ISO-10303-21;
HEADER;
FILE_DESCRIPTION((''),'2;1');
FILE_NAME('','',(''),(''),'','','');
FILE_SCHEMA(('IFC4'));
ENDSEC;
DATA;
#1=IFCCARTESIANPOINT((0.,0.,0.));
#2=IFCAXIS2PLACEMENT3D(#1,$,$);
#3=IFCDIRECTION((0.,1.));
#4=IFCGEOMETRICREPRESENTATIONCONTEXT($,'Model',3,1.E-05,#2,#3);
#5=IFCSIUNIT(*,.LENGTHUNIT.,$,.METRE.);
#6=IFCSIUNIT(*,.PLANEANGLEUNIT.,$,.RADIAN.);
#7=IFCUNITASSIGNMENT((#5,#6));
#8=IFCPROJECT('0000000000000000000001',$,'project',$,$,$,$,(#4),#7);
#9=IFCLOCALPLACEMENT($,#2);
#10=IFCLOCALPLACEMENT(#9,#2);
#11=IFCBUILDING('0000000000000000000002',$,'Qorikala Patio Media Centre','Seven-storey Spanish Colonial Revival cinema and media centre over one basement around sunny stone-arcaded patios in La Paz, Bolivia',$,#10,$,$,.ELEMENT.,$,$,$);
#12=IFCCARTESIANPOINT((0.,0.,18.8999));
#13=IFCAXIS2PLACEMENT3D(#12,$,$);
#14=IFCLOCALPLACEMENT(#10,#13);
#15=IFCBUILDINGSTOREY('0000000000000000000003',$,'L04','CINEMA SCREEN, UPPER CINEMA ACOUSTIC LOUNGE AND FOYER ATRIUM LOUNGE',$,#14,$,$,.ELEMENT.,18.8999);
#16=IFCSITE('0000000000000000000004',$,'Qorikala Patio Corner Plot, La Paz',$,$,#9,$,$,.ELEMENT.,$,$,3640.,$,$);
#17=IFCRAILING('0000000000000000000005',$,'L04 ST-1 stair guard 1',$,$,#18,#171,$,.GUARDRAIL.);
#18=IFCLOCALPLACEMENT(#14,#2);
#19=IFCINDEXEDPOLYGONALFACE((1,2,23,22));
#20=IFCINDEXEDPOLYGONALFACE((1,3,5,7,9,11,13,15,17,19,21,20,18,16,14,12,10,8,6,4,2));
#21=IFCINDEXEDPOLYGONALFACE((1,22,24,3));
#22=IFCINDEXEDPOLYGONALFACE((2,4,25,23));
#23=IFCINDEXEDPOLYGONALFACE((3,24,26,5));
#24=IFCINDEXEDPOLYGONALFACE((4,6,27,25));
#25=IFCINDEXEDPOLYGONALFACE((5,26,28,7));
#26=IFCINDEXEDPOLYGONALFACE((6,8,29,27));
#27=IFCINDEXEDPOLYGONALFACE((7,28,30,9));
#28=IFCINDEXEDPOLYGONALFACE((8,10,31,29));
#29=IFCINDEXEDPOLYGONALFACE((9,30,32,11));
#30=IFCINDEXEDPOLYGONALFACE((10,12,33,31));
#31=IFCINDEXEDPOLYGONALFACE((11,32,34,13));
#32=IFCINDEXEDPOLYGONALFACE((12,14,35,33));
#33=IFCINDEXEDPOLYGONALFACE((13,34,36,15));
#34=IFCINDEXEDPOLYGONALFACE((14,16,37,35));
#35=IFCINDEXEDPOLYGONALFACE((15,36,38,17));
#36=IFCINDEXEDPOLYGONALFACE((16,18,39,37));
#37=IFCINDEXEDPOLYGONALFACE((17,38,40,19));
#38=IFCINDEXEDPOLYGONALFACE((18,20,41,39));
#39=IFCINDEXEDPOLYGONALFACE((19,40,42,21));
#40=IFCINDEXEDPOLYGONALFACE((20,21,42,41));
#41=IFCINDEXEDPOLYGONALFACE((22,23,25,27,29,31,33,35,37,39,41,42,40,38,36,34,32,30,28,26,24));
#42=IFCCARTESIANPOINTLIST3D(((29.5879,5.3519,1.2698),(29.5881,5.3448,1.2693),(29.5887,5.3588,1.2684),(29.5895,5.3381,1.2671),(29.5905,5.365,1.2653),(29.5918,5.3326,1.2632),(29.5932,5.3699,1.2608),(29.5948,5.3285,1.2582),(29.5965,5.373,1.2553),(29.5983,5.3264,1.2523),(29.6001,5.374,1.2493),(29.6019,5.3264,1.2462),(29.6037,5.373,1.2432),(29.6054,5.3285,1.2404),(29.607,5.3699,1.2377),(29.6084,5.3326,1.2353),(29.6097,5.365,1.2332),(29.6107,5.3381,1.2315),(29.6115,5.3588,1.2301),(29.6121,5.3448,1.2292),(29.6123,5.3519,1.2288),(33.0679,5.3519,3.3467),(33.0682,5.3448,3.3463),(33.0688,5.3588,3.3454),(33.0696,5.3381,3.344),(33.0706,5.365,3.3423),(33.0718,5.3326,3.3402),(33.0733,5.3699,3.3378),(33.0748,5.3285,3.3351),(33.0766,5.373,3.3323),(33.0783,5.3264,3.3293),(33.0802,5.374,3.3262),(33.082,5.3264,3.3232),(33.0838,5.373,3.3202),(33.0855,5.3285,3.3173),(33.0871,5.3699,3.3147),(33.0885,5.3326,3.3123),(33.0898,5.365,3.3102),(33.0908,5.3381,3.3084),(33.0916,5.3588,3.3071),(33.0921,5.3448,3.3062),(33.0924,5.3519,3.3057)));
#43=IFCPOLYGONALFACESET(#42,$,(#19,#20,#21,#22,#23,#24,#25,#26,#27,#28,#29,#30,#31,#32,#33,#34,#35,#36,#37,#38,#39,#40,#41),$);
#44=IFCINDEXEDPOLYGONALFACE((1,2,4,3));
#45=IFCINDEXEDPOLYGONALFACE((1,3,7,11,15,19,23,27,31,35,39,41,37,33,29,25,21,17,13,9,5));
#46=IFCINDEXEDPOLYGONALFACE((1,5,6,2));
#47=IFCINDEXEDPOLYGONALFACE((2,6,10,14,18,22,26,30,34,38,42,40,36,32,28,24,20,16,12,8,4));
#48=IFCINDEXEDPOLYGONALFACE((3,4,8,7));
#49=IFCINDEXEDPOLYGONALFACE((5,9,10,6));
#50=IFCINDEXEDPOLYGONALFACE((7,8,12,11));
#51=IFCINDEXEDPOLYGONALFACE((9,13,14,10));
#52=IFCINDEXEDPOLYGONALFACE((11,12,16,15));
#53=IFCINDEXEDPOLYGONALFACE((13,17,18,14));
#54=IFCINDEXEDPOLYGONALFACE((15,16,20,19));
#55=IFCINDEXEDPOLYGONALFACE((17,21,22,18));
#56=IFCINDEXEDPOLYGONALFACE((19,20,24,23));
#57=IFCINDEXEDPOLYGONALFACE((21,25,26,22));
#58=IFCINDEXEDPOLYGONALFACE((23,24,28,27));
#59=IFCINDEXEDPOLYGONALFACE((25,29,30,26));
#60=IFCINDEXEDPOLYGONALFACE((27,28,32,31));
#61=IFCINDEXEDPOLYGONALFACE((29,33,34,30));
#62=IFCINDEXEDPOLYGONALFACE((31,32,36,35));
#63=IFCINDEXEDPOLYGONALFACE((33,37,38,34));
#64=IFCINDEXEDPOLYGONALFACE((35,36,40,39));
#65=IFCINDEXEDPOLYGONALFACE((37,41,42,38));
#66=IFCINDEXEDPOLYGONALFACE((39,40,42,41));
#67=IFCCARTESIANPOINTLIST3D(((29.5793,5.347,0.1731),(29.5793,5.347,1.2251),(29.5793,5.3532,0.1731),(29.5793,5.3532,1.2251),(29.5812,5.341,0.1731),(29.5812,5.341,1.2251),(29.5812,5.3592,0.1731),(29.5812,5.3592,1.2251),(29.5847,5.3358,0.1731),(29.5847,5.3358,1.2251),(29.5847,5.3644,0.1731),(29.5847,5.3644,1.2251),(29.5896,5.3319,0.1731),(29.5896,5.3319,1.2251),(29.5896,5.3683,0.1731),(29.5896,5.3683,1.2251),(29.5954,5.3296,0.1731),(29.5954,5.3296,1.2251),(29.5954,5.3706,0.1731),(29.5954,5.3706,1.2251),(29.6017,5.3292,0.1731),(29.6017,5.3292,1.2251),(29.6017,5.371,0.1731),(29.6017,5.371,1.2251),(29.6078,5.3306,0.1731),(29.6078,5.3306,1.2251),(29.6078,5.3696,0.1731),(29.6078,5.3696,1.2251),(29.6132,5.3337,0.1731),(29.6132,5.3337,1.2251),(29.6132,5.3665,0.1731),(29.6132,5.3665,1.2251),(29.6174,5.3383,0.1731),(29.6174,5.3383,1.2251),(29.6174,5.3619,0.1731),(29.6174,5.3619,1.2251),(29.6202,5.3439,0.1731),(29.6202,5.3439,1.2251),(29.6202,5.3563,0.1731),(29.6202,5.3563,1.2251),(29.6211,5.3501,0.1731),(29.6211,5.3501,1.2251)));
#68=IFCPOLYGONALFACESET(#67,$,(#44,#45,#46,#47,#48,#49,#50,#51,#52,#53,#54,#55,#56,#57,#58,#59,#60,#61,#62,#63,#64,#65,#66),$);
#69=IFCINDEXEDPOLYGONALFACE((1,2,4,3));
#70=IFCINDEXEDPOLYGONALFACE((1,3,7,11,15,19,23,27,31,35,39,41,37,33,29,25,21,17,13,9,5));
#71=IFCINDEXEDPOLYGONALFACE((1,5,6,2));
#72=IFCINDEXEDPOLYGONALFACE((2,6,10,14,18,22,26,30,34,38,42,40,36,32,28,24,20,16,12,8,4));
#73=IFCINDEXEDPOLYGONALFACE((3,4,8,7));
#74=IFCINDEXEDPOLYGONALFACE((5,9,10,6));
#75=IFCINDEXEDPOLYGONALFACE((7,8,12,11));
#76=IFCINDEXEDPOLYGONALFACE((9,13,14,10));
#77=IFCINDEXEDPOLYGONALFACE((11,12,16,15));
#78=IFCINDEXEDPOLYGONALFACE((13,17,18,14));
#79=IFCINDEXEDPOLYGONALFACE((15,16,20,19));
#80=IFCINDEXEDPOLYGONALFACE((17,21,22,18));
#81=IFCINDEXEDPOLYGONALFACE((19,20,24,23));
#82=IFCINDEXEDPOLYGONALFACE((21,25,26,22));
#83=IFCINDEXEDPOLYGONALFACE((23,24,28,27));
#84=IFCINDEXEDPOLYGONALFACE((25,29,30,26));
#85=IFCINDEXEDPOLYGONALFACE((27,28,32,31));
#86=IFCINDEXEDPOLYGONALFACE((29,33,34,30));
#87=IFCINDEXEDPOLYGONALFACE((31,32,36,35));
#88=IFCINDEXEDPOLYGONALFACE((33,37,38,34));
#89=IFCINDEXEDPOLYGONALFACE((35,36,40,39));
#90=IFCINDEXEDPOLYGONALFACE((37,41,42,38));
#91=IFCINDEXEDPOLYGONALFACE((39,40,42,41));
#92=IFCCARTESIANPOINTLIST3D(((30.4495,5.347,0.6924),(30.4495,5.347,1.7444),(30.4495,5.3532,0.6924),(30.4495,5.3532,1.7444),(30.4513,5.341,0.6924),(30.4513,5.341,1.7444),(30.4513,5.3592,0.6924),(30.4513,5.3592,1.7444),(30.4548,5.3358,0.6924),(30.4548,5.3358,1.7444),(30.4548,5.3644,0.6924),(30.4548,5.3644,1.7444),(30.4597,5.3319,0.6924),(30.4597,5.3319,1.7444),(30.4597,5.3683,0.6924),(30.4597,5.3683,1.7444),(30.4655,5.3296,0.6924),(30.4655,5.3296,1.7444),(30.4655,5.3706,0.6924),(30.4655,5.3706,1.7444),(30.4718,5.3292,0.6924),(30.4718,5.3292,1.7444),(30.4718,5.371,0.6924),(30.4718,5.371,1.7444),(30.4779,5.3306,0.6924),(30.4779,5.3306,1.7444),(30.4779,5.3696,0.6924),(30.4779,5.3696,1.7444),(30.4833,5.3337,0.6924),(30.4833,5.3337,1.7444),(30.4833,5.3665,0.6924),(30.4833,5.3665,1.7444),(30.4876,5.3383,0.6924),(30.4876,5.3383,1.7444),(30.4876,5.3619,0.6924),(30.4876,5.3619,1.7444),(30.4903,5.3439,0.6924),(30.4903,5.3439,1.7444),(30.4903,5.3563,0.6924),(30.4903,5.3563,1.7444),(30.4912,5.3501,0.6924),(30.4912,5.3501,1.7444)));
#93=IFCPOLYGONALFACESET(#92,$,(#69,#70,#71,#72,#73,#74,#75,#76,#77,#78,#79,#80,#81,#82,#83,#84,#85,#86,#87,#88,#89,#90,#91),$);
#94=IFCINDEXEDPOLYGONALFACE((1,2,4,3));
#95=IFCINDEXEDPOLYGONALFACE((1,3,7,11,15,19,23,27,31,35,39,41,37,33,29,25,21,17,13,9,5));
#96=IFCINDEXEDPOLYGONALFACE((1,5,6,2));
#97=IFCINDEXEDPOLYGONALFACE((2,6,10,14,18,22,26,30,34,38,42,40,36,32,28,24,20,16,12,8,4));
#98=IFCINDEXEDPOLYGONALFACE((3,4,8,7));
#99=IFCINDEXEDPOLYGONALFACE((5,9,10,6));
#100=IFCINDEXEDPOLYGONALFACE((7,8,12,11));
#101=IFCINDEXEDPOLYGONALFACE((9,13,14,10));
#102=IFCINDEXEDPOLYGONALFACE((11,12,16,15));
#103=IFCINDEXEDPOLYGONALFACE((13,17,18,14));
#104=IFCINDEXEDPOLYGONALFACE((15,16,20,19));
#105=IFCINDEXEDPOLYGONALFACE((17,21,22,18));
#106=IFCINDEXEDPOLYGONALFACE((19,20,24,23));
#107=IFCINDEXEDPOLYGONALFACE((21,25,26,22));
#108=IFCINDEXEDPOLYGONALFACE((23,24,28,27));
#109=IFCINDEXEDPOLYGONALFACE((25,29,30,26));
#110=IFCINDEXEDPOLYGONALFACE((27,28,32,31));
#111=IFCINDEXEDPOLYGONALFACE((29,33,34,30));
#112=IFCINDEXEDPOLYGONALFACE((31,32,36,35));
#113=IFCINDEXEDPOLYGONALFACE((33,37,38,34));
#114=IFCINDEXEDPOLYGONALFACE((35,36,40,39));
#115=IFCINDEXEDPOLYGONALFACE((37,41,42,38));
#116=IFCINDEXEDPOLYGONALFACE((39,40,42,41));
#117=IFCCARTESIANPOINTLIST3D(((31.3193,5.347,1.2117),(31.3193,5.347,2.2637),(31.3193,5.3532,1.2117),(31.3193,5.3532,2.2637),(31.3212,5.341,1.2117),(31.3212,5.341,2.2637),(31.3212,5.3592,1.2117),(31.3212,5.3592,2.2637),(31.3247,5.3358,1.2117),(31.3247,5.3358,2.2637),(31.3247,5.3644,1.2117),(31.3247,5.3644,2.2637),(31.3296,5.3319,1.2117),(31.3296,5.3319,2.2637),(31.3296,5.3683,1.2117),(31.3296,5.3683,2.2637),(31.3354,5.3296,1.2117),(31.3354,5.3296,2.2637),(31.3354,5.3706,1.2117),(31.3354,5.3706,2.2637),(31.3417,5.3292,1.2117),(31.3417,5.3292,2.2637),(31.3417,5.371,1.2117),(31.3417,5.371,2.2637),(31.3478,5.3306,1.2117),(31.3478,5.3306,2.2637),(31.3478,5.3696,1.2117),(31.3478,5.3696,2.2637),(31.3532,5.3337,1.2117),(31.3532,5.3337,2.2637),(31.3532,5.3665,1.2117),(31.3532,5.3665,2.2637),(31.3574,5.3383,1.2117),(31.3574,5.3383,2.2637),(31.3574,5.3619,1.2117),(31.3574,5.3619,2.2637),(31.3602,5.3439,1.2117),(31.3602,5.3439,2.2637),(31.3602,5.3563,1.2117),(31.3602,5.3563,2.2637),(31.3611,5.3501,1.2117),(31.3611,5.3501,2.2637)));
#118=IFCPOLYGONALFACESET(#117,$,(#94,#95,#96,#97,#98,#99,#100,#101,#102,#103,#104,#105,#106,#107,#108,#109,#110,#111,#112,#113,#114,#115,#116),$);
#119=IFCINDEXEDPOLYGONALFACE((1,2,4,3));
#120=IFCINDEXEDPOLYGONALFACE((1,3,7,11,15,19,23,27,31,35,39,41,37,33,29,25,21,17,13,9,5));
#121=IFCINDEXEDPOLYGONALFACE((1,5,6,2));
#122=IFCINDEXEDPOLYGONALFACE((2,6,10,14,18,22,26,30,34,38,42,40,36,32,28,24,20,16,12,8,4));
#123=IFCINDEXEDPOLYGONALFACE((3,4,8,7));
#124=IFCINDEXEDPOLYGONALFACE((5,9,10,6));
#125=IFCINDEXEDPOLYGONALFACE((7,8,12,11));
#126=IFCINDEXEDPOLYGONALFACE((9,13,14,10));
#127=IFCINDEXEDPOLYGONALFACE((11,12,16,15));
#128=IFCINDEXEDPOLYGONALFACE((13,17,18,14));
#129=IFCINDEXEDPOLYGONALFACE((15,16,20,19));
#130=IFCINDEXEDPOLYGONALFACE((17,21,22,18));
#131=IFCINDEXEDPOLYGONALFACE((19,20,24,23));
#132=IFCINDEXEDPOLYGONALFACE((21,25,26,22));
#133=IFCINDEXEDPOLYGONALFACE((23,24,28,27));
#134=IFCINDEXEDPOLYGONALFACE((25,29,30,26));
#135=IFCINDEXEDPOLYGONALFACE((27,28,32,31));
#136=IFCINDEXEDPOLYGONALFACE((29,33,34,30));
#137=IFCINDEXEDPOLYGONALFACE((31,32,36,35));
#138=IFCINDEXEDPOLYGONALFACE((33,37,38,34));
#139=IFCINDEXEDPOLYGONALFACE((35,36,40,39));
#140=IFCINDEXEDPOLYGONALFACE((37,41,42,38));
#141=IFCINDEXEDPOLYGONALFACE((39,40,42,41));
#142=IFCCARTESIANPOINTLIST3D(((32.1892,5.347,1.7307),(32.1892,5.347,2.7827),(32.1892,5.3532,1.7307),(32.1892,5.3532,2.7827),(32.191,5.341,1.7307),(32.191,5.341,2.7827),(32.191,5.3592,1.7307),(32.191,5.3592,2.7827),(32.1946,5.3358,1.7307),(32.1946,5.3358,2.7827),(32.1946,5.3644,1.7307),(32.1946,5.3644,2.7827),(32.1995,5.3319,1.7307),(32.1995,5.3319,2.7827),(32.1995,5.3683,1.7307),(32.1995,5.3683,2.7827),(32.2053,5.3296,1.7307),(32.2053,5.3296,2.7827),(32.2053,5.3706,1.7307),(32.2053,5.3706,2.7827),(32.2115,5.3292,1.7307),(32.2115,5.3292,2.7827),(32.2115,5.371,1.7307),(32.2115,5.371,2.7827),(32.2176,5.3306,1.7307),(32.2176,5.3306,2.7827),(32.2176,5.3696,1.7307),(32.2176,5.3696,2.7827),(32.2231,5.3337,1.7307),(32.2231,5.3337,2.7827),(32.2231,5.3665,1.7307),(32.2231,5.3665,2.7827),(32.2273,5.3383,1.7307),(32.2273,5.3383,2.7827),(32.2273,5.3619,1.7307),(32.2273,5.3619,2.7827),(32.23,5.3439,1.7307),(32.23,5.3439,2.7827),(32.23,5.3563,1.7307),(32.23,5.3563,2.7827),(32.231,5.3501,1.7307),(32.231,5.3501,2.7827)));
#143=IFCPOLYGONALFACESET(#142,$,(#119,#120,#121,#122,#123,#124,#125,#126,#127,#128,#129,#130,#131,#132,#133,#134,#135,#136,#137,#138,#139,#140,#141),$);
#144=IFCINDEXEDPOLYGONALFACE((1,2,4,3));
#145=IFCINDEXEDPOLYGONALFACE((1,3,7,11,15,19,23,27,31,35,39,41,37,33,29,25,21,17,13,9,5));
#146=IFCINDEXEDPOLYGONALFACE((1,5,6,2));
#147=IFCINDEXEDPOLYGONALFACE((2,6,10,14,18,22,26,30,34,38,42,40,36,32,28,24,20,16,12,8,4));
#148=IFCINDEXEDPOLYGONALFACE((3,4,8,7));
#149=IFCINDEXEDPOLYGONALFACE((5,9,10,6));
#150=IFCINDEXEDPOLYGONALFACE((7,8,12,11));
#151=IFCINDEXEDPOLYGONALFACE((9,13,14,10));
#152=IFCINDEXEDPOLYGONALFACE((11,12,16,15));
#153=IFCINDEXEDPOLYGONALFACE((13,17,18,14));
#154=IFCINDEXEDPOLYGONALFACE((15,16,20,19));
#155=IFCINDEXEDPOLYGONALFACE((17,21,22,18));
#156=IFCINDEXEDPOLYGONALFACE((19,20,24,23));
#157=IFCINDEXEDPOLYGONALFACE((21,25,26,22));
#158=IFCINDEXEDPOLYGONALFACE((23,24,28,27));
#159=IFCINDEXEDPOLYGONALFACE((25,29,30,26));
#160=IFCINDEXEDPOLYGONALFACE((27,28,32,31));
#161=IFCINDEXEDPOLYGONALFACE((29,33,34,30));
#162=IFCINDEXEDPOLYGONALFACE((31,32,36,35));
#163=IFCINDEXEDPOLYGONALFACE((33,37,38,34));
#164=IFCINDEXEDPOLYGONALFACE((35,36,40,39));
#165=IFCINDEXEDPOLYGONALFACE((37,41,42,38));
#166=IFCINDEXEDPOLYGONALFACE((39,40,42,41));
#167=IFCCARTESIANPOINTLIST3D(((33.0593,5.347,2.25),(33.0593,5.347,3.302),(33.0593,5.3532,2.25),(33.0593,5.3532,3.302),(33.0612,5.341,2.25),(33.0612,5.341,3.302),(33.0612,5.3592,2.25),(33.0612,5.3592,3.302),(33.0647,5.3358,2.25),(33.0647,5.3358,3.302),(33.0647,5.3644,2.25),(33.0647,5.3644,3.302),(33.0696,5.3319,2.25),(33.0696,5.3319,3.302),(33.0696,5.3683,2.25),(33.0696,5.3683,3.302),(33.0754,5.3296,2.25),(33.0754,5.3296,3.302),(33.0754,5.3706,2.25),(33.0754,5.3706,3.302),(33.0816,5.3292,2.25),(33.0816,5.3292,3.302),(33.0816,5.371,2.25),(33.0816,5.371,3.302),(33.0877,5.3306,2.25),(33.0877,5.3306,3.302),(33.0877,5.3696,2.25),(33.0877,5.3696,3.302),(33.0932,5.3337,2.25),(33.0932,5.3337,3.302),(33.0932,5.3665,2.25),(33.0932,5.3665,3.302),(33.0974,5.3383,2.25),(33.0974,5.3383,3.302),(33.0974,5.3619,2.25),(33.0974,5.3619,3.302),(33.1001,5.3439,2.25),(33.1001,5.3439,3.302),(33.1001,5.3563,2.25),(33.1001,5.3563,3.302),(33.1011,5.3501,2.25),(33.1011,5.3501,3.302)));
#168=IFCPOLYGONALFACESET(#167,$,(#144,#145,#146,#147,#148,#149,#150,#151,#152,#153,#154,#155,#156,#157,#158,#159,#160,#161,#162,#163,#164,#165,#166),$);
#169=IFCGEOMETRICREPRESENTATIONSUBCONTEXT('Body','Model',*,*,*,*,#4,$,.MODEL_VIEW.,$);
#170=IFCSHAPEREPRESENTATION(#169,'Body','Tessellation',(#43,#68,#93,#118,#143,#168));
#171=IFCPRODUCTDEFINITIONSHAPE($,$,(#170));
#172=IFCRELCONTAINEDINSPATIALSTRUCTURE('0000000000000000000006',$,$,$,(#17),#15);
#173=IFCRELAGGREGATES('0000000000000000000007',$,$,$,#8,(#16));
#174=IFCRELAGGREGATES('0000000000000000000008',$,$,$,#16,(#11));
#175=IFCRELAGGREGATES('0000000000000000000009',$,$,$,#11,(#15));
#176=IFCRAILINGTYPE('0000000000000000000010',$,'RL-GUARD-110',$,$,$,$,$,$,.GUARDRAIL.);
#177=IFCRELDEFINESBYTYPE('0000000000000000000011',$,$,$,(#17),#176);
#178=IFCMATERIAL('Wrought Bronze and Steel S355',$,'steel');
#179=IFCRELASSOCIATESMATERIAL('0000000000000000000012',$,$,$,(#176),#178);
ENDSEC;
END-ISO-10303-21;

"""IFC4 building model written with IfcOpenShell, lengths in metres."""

from ifc_helpers import new_model, si_unit, direction, frame, origin, origin_2d, place, context, subcontext, project, spatial, circle, extrude, material, type_object, element, save


model = new_model("IFC4")

# Units and contexts
model_context = context("Model", 3, precision=1e-05, world=origin(), true_north=direction((0.0, 1.0)))
body_context = subcontext(model_context, "Body", "Model", "MODEL_VIEW")
ifc_project = project(units=[si_unit("LENGTHUNIT", "METRE"), si_unit("PLANEANGLEUNIT", "RADIAN")], contexts=[model_context])

# Site, building, storey
site_placement = place(None, origin())
site = spatial("IfcSite", under=ifc_project, at=site_placement, Name="Qorikala Patio Corner Plot, La Paz", CompositionType="ELEMENT", RefElevation=3640.0)
building_placement = place(site_placement, origin())
building = spatial("IfcBuilding", under=site, at=building_placement, Name="Qorikala Patio Media Centre", Description="Seven-storey Spanish Colonial Revival cinema and media centre over one basement around sunny stone-arcaded patios in La Paz, Bolivia", CompositionType="ELEMENT")
storey_placement = place(building_placement, frame((0.0, 0.0, 18.8999)))
storey = spatial("IfcBuildingStorey", under=building, at=storey_placement, Name="L04", Description="CINEMA SCREEN, UPPER CINEMA ACOUSTIC LOUNGE AND FOYER ATRIUM LOUNGE", CompositionType="ELEMENT", Elevation=18.8999)

# Railing
ifc_material_1 = material(Name="Wrought Bronze and Steel S355", Category="steel")
railing_type_1 = type_object("IfcRailingType", Name="RL-GUARD-110", PredefinedType="GUARDRAIL", material=ifc_material_1)
railing_1_placement = place(storey_placement, frame((29.6001, 5.3501, 0.1731)))
element("IfcRailing", 1, at=railing_1_placement, inside=storey, type_object=railing_type_1, Name="L04 ST-1 stair guard 1", PredefinedType="GUARDRAIL", context=body_context, shape_type="SweptSolid", body=[
    extrude(circle(Radius=0.0239, at=origin_2d()), frame((0.0, 0.0, 1.0762), z_axis=(0.858697, 0.0, 0.512483), x_axis=(0.0, 1.0, 0.0)), (0.0, 0.0, 1.0), 4.0527),
    extrude(circle(Radius=0.021, at=origin_2d()), origin(), (0.0, 0.0, 1.0), 1.052),
    extrude(circle(Radius=0.021, at=origin_2d()), frame((0.8701, 0.0, 0.5193)), (0.0, 0.0, 1.0), 1.052),
    extrude(circle(Radius=0.021, at=origin_2d()), frame((1.74, 0.0, 1.0386)), (0.0, 0.0, 1.0), 1.052),
    extrude(circle(Radius=0.021, at=origin_2d()), frame((2.6099, 0.0, 1.5576)), (0.0, 0.0, 1.0), 1.052),
    extrude(circle(Radius=0.021, at=origin_2d()), frame((3.48, 0.0, 2.0769)), (0.0, 0.0, 1.0), 1.052),
])

save(model, "model.ifc")
